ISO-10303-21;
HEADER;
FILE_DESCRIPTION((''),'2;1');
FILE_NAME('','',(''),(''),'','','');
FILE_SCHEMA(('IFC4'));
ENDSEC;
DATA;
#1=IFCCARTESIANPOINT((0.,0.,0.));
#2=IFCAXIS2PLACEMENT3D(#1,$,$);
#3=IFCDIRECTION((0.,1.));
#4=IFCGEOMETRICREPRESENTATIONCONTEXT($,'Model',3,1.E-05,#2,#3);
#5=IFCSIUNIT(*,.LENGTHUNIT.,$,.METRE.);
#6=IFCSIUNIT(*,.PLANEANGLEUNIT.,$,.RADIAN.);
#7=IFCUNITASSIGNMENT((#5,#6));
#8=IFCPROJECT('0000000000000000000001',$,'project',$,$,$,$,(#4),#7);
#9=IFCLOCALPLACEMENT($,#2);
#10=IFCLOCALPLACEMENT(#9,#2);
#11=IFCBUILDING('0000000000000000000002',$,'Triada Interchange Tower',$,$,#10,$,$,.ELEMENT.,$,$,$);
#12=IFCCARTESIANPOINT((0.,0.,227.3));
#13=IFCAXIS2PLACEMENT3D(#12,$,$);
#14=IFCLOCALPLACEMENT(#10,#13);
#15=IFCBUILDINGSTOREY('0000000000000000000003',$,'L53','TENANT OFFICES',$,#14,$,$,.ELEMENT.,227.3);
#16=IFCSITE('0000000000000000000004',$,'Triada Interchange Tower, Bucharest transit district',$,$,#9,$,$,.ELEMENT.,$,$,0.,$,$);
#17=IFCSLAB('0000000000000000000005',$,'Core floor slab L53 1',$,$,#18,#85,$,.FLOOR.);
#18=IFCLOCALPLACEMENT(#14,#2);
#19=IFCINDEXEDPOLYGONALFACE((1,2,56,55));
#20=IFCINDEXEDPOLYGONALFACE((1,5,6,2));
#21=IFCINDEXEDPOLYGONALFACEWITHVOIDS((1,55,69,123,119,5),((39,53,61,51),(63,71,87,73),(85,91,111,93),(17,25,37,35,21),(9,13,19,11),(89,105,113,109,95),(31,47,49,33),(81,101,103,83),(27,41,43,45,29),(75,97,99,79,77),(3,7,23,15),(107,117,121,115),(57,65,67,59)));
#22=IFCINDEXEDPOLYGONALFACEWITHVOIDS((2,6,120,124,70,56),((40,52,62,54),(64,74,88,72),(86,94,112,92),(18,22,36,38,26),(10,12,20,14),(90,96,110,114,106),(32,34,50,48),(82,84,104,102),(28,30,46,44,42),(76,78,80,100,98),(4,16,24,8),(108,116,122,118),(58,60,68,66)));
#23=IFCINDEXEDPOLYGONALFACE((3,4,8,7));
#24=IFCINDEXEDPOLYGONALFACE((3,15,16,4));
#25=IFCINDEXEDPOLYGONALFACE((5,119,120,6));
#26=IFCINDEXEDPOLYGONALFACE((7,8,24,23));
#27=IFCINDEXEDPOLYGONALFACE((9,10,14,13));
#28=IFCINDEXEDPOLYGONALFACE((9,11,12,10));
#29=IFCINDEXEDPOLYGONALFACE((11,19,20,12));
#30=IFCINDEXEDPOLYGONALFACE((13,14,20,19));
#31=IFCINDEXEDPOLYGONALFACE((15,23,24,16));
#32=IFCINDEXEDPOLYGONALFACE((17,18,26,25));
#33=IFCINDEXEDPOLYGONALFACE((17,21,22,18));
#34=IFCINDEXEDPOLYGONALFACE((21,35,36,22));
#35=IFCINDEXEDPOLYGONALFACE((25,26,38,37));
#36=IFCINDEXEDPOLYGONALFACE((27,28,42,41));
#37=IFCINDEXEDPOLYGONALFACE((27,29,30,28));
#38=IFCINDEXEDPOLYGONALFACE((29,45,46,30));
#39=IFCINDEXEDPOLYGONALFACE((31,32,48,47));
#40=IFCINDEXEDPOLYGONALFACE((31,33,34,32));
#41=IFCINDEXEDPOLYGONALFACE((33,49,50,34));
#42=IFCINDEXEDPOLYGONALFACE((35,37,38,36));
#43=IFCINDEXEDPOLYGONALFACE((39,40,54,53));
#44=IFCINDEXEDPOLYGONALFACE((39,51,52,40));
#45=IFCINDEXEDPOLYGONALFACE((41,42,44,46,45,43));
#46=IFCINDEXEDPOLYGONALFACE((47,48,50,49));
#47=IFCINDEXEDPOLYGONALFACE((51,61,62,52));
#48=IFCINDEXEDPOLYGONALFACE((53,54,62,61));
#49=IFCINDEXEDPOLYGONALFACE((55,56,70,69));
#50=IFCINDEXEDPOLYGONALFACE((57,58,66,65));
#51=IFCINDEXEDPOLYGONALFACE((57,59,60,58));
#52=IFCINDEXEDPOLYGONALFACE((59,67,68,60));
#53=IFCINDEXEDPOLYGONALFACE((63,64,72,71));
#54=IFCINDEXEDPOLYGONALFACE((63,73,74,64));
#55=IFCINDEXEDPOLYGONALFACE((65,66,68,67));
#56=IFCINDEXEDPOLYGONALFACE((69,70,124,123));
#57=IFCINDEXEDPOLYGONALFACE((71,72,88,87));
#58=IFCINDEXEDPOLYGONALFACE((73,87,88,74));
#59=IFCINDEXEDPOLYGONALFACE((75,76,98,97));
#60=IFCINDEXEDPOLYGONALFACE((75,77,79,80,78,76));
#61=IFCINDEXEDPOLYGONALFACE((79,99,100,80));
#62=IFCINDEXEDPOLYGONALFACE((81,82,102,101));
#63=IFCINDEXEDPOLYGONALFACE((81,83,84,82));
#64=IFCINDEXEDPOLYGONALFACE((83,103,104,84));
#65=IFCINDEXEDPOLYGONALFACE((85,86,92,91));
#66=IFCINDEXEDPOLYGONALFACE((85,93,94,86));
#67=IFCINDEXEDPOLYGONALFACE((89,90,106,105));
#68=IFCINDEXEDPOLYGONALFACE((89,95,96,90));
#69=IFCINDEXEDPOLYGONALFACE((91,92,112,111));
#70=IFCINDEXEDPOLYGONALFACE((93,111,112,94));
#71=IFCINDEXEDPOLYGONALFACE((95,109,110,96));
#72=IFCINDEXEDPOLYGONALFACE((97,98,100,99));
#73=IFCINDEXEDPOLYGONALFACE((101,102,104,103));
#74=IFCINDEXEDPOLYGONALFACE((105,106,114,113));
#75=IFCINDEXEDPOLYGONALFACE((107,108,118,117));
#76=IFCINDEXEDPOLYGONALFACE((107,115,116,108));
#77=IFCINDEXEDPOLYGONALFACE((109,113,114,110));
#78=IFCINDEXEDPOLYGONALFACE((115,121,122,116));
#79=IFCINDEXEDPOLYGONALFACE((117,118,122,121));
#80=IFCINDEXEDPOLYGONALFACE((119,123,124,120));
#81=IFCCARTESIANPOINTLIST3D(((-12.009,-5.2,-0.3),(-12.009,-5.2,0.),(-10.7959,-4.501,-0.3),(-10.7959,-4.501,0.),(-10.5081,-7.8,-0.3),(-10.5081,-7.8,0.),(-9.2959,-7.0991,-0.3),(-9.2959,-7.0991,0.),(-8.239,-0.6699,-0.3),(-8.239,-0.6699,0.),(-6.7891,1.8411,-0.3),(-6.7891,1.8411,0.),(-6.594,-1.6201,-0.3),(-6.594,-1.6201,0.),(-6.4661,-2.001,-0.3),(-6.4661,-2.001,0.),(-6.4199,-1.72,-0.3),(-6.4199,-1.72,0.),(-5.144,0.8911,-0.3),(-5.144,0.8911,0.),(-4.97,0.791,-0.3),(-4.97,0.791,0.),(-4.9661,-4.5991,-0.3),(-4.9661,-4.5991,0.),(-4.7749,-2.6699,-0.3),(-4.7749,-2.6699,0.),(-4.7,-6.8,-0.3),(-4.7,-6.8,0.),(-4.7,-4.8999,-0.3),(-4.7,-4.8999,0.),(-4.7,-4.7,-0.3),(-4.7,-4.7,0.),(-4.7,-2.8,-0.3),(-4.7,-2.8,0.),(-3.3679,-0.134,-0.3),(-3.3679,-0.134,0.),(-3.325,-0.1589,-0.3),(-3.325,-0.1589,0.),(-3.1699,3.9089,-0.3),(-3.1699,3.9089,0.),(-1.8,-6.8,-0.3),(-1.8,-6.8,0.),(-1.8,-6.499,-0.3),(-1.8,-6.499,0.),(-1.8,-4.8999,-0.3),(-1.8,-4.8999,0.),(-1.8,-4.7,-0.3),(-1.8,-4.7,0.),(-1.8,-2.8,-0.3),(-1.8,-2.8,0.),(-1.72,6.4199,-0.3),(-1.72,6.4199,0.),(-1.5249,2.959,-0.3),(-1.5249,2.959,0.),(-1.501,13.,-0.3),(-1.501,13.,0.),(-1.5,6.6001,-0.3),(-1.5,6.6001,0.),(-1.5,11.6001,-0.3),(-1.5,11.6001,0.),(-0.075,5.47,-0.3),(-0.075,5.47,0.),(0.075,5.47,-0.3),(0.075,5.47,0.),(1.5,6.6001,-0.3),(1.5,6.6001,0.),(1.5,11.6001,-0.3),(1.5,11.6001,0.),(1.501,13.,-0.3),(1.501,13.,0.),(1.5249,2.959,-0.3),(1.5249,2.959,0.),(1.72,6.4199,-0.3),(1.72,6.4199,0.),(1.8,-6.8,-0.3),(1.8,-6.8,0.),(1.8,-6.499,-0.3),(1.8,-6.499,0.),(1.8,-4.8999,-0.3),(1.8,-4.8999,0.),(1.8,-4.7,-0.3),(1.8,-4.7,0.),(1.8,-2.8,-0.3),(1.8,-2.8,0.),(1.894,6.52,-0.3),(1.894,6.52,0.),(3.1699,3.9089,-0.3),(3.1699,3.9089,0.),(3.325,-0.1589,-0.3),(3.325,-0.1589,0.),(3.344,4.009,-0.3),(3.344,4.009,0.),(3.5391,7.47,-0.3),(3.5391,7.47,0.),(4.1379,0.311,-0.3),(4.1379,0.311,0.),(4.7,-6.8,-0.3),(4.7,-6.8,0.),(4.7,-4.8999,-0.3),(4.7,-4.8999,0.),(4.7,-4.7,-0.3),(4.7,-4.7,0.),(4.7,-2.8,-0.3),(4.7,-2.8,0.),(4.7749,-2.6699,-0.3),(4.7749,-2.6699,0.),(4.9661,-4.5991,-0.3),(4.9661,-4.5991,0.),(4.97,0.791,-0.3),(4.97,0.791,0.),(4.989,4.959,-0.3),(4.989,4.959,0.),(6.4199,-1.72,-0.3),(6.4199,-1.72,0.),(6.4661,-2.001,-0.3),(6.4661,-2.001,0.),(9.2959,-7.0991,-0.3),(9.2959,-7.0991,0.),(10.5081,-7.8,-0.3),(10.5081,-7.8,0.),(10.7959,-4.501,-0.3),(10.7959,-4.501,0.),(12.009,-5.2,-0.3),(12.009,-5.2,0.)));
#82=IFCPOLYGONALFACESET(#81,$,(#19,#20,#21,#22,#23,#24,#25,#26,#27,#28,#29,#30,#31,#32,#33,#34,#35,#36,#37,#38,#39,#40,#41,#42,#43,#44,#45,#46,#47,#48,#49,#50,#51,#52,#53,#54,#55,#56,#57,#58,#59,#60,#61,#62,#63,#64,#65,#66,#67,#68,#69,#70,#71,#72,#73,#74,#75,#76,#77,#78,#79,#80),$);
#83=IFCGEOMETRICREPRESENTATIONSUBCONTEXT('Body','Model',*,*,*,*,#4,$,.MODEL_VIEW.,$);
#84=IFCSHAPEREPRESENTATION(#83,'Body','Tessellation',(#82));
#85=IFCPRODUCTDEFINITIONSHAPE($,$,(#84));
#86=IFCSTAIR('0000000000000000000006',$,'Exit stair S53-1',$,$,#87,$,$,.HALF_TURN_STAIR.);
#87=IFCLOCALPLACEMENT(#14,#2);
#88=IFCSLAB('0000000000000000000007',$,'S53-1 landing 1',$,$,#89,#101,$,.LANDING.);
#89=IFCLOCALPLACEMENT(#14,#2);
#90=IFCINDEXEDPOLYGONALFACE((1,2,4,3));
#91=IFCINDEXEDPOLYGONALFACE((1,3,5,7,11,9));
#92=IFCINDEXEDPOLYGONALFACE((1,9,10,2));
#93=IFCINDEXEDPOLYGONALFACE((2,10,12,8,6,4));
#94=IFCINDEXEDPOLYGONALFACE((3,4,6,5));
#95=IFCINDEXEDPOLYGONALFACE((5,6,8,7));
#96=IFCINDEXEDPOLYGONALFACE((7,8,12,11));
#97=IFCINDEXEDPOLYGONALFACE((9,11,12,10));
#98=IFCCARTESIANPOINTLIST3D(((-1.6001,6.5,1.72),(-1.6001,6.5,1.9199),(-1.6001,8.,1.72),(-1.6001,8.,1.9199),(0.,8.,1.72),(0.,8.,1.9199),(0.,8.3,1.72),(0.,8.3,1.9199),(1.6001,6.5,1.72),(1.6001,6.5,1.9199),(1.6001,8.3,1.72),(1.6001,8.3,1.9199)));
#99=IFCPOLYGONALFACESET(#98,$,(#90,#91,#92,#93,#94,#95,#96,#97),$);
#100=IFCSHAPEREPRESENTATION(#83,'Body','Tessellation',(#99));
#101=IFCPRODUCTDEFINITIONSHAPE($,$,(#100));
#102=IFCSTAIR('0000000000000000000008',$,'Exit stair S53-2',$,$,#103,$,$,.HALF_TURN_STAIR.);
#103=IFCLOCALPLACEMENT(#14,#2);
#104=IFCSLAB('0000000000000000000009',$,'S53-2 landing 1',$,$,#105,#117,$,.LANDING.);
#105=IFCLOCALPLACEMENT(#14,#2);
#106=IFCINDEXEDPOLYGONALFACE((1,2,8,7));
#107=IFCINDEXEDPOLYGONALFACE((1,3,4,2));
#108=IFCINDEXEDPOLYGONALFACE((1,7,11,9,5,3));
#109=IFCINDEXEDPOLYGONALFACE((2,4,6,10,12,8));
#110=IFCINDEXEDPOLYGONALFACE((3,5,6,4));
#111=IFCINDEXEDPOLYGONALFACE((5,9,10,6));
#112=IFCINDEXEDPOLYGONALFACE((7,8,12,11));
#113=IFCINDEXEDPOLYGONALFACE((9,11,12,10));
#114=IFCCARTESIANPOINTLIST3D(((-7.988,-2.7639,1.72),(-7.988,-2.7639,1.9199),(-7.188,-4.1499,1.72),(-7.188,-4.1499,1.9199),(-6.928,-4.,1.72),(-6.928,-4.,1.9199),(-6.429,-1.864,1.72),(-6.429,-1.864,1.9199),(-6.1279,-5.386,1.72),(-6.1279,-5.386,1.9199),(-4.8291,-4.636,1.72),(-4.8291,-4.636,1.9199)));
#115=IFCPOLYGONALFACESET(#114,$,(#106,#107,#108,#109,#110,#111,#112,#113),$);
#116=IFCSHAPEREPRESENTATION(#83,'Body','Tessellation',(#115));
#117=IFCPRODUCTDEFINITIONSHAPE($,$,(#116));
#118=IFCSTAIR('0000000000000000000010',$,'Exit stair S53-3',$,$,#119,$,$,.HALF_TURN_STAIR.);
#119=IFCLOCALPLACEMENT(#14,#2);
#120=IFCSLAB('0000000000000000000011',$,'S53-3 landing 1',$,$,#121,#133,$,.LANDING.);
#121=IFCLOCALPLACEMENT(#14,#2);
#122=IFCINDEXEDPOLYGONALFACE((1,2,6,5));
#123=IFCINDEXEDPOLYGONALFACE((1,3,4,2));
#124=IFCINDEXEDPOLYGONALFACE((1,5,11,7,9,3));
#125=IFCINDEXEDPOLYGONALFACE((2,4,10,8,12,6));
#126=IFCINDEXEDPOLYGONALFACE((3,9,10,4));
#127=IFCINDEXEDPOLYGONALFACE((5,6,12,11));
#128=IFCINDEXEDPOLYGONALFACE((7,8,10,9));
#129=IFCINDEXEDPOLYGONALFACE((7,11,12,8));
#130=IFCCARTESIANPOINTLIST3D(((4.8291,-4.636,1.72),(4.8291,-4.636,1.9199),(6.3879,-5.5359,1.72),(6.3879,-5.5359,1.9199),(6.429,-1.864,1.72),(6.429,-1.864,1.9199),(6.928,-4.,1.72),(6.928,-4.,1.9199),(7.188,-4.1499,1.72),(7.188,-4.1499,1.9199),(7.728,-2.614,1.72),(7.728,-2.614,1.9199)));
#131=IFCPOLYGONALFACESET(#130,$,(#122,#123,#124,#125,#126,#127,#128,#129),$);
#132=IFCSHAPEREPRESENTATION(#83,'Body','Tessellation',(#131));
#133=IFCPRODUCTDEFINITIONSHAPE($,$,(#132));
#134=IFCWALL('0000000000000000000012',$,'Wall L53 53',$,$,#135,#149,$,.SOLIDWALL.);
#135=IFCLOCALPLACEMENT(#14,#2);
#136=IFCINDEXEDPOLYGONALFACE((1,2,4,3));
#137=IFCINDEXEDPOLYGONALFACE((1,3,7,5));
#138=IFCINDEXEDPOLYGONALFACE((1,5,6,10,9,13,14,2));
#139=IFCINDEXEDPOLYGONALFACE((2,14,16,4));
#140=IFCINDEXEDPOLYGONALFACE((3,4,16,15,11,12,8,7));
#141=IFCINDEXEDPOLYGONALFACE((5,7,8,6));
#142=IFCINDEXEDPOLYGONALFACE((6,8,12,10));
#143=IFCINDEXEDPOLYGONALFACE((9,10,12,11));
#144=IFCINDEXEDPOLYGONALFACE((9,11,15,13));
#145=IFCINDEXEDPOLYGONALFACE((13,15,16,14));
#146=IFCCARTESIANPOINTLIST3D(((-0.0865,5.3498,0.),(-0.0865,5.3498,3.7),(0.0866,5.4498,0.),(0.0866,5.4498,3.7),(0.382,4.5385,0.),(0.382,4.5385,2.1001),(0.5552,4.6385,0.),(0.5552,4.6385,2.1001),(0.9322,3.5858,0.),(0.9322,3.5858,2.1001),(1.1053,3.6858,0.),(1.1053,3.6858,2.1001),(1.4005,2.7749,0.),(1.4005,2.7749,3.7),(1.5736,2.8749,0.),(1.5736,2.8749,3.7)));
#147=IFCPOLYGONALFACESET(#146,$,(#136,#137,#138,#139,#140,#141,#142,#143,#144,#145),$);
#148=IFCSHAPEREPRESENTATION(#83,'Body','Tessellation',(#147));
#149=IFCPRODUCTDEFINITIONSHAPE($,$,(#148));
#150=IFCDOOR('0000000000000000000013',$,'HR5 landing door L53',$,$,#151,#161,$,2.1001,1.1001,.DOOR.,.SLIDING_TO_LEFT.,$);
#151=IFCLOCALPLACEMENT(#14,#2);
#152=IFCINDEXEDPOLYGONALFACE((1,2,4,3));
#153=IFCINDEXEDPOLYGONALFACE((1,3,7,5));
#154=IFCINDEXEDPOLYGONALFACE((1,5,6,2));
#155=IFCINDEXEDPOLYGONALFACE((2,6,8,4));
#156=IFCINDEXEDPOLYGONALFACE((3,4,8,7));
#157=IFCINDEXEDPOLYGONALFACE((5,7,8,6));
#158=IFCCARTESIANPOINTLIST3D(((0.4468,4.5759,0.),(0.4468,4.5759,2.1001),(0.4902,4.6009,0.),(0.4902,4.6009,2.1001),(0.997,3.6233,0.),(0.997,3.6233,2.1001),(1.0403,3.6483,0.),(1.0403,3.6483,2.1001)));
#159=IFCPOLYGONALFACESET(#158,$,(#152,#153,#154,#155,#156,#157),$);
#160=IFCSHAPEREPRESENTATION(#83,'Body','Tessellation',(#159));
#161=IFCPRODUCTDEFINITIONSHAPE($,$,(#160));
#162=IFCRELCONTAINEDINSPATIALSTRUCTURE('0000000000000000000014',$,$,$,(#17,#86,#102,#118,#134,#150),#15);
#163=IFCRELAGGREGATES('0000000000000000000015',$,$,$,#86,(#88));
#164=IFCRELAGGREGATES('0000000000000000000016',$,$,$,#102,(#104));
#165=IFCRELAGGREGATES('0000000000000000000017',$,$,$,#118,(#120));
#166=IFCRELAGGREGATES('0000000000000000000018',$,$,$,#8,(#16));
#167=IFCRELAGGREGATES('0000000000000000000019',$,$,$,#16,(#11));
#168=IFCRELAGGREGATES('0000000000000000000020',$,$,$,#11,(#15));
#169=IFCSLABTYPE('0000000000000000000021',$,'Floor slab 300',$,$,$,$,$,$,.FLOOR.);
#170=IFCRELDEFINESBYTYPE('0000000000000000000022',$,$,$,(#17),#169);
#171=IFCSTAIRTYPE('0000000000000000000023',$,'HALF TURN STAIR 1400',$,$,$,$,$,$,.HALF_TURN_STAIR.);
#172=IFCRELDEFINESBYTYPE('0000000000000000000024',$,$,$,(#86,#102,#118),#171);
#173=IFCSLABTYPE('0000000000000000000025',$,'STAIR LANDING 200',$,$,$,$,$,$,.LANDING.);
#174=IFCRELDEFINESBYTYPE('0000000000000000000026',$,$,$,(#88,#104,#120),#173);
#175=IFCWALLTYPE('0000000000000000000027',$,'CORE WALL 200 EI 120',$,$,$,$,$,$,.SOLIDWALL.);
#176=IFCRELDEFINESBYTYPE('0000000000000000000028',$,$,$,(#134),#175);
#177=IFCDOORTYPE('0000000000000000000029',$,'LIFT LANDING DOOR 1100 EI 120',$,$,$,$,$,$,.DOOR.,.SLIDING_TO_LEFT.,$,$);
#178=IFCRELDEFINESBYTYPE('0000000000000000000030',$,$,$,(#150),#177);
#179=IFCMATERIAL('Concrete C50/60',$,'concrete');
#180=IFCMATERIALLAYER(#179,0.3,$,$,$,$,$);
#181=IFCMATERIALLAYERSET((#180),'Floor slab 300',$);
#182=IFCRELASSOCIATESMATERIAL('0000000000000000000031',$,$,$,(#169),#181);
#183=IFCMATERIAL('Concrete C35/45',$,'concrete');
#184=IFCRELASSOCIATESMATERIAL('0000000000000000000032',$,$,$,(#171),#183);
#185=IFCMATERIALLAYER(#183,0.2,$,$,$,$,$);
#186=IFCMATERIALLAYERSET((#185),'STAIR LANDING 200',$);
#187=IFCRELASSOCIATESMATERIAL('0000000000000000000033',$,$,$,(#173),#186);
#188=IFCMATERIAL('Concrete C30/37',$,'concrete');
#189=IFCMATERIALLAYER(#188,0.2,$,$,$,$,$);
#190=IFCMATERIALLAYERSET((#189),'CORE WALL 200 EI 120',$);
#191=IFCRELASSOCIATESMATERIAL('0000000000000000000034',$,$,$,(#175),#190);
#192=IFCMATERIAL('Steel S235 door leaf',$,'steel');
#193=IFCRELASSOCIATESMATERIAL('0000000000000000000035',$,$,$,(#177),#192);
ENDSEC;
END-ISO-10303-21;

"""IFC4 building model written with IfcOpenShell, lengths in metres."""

from ifc_helpers import new_model, si_unit, direction, frame, frame_2d, origin, place, context, subcontext, project, spatial, polyline, rectangle, outline, extrude, material, layer, layer_set, type_object, element, fill, aggregate, save


model = new_model("IFC4")

# Units and contexts
model_context = context("Model", 3, precision=1e-05, world=origin(), true_north=direction((0.0, 1.0)))
body_context = subcontext(model_context, "Body", "Model", "MODEL_VIEW")
ifc_project = project(units=[si_unit("LENGTHUNIT", "METRE"), si_unit("PLANEANGLEUNIT", "RADIAN")], contexts=[model_context])

# Site, building, storey
site_placement = place(None, origin())
site = spatial("IfcSite", under=ifc_project, at=site_placement, Name="Triada Interchange Tower, Bucharest transit district", CompositionType="ELEMENT", RefElevation=0.0)
building_placement = place(site_placement, origin())
building = spatial("IfcBuilding", under=site, at=building_placement, Name="Triada Interchange Tower", CompositionType="ELEMENT")
storey_placement = place(building_placement, frame((0.0, 0.0, 227.3)))
storey = spatial("IfcBuildingStorey", under=building, at=storey_placement, Name="L53", Description="TENANT OFFICES", CompositionType="ELEMENT", Elevation=227.3)

# Slab
ifc_material_1 = material(Name="Concrete C50/60", Category="concrete")
ifc_layer_1 = layer(ifc_material_1, 0.3)
ifc_layer_set_1 = layer_set([ifc_layer_1], Name="Floor slab 300")
slab_type_1 = type_object("IfcSlabType", Name="Floor slab 300", PredefinedType="FLOOR", material=ifc_layer_set_1)
slab_1_placement = place(storey_placement, frame((0.0, 0.0, -0.3)))
element("IfcSlab", 1, at=slab_1_placement, inside=storey, type_object=slab_type_1, Name="Core floor slab L53 1", PredefinedType="FLOOR", context=body_context, shape_type="SweptSolid", body=[
    extrude(outline(polyline([(12.009, -5.2), (10.5081, -7.8), (-10.5081, -7.8), (-12.009, -5.2), (-1.501, 13.0), (1.501, 13.0), (12.009, -5.2)]), holes=[polyline([(9.2959, -7.0991), (10.7959, -4.501), (6.4661, -2.001), (4.9661, -4.5991), (9.2959, -7.0991)]), polyline([(4.7749, -2.6699), (6.4199, -1.72), (4.97, 0.791), (4.1379, 0.311), (3.325, -0.1589), (4.7749, -2.6699)]), polyline([(1.894, 6.52), (3.344, 4.009), (4.989, 4.959), (3.5391, 7.47), (1.894, 6.52)]), polyline([(1.8, -4.8999), (1.8, -6.499), (1.8, -6.8), (4.7, -6.8), (4.7, -4.8999), (1.8, -4.8999)]), polyline([(4.7, -2.8), (1.8, -2.8), (1.8, -4.7), (4.7, -4.7), (4.7, -2.8)]), polyline([(0.075, 5.47), (1.5249, 2.959), (3.1699, 3.9089), (1.72, 6.4199), (0.075, 5.47)]), polyline([(-1.5, 11.6001), (-1.5, 6.6001), (1.5, 6.6001), (1.5, 11.6001), (-1.5, 11.6001)]), polyline([(-1.5249, 2.959), (-0.075, 5.47), (-1.72, 6.4199), (-3.1699, 3.9089), (-1.5249, 2.959)]), polyline([(-1.8, -2.8), (-4.7, -2.8), (-4.7, -4.7), (-1.8, -4.7), (-1.8, -2.8)]), polyline([(-4.7, -6.8), (-1.8, -6.8), (-1.8, -6.499), (-1.8, -4.8999), (-4.7, -4.8999), (-4.7, -6.8)]), polyline([(-3.3679, -0.134), (-4.97, 0.791), (-6.4199, -1.72), (-4.7749, -2.6699), (-3.325, -0.1589), (-3.3679, -0.134)]), polyline([(-10.7959, -4.501), (-9.2959, -7.0991), (-4.9661, -4.5991), (-6.4661, -2.001), (-10.7959, -4.501)]), polyline([(-6.594, -1.6201), (-5.144, 0.8911), (-6.7891, 1.8411), (-8.239, -0.6699), (-6.594, -1.6201)])]), origin(), (0.0, 0.0, 1.0), 0.3),
])

# Stairs, slabs
ifc_material_2 = material(Name="Concrete C35/45", Category="concrete")
stair_type = type_object("IfcStairType", Name="HALF TURN STAIR 1400", PredefinedType="HALF_TURN_STAIR", material=ifc_material_2)
stair_1_placement = place(storey_placement, origin())
stair_1 = element("IfcStair", 2, at=stair_1_placement, inside=storey, type_object=stair_type, Name="Exit stair S53-1", PredefinedType="HALF_TURN_STAIR")
ifc_layer_2 = layer(ifc_material_2, 0.2)
ifc_layer_set_2 = layer_set([ifc_layer_2], Name="STAIR LANDING 200")
slab_type_2 = type_object("IfcSlabType", Name="STAIR LANDING 200", PredefinedType="LANDING", material=ifc_layer_set_2)
slab_2_placement = place(storey_placement, frame((0.0, 0.0, 1.72)))
slab_2 = element("IfcSlab", 3, at=slab_2_placement, type_object=slab_type_2, Name="S53-1 landing 1", PredefinedType="LANDING", context=body_context, shape_type="SweptSolid", body=[
    extrude(outline(polyline([(1.6001, 6.5), (1.6001, 8.3), (0.0, 8.3), (0.0, 8.0), (-1.6001, 8.0), (-1.6001, 6.5), (1.6001, 6.5)])), origin(), (0.0, 0.0, 1.0), 0.2),
])
aggregate(stair_1, [slab_2])
stair_2_placement = place(storey_placement, origin())
stair_2 = element("IfcStair", 4, at=stair_2_placement, inside=storey, type_object=stair_type, Name="Exit stair S53-2", PredefinedType="HALF_TURN_STAIR")
slab_3_placement = place(storey_placement, frame((0.0, 0.0, 1.72)))
slab_3 = element("IfcSlab", 5, at=slab_3_placement, type_object=slab_type_2, Name="S53-2 landing 1", PredefinedType="LANDING", context=body_context, shape_type="SweptSolid", body=[
    extrude(outline(polyline([(-6.429, -1.864), (-7.988, -2.7639), (-7.188, -4.1499), (-6.928, -4.0), (-6.1279, -5.386), (-4.8291, -4.636), (-6.429, -1.864)])), origin(), (0.0, 0.0, 1.0), 0.2),
])
aggregate(stair_2, [slab_3])
stair_3_placement = place(storey_placement, origin())
stair_3 = element("IfcStair", 6, at=stair_3_placement, inside=storey, type_object=stair_type, Name="Exit stair S53-3", PredefinedType="HALF_TURN_STAIR")
slab_4_placement = place(storey_placement, frame((0.0, 0.0, 1.72)))
slab_4 = element("IfcSlab", 7, at=slab_4_placement, type_object=slab_type_2, Name="S53-3 landing 1", PredefinedType="LANDING", context=body_context, shape_type="SweptSolid", body=[
    extrude(outline(polyline([(4.8291, -4.636), (6.3879, -5.5359), (7.188, -4.1499), (6.928, -4.0), (7.728, -2.614), (6.429, -1.864), (4.8291, -4.636)])), origin(), (0.0, 0.0, 1.0), 0.2),
])
aggregate(stair_3, [slab_4])

# Wall, opening, door
ifc_material_3 = material(Name="Concrete C30/37", Category="concrete")
ifc_layer_3 = layer(ifc_material_3, 0.2)
ifc_layer_set_3 = layer_set([ifc_layer_3], Name="CORE WALL 200 EI 120")
wall_type_1 = type_object("IfcWallType", Name="CORE WALL 200 EI 120", PredefinedType="SOLIDWALL", material=ifc_layer_set_3)
wall_1_placement = place(storey_placement, frame((0.0, 5.3999, 0.0), z_axis=(0.0, 0.0, 1.0), x_axis=(0.500104, -0.865965, 0.0)))
wall_1 = element("IfcWall", 8, at=wall_1_placement, inside=storey, type_object=wall_type_1, Name="Wall L53 53", PredefinedType="SOLIDWALL", context=body_context, shape_type="SweptSolid", body=[
    extrude(rectangle(XDim=2.9734, YDim=0.2, at=frame_2d((1.4868, 0.0))), origin(), (0.0, 0.0, 1.0), 3.7),
])
opening_1_placement = place(wall_1_placement, frame((0.937, 0.0, 0.0)))
opening_1 = element("IfcOpeningElement", 9, at=opening_1_placement, cuts=wall_1, PredefinedType="OPENING", context=body_context, shape_type="SweptSolid", body=[
    extrude(rectangle(XDim=1.1001, YDim=2.1001, at=frame_2d((0.55, 1.05))), frame((0.0, 0.1099, 0.0), z_axis=(0.0, -1.0, 0.0), x_axis=(1.0, 0.0, 0.0)), (0.0, 0.0, 1.0), 0.22),
])
ifc_material_4 = material(Name="Steel S235 door leaf", Category="steel")
door_type_1 = type_object("IfcDoorType", Name="LIFT LANDING DOOR 1100 EI 120", OperationType="SLIDING_TO_LEFT", PredefinedType="DOOR", material=ifc_material_4)
door_1_placement = place(opening_1_placement, origin())
door_1 = element("IfcDoor", 10, at=door_1_placement, inside=storey, type_object=door_type_1, Name="HR5 landing door L53", OperationType="SLIDING_TO_LEFT", OverallHeight=2.1001, OverallWidth=1.1001, PredefinedType="DOOR", context=body_context, shape_type="SweptSolid", body=[
    extrude(rectangle(XDim=1.1001, YDim=2.1001, at=frame_2d((0.55, 1.05))), frame((0.0, 0.0249, 0.0), z_axis=(0.0, -1.0, 0.0), x_axis=(1.0, 0.0, 0.0)), (0.0, 0.0, 1.0), 0.05),
])
fill(opening_1, door_1)

save(model, "model.ifc")
